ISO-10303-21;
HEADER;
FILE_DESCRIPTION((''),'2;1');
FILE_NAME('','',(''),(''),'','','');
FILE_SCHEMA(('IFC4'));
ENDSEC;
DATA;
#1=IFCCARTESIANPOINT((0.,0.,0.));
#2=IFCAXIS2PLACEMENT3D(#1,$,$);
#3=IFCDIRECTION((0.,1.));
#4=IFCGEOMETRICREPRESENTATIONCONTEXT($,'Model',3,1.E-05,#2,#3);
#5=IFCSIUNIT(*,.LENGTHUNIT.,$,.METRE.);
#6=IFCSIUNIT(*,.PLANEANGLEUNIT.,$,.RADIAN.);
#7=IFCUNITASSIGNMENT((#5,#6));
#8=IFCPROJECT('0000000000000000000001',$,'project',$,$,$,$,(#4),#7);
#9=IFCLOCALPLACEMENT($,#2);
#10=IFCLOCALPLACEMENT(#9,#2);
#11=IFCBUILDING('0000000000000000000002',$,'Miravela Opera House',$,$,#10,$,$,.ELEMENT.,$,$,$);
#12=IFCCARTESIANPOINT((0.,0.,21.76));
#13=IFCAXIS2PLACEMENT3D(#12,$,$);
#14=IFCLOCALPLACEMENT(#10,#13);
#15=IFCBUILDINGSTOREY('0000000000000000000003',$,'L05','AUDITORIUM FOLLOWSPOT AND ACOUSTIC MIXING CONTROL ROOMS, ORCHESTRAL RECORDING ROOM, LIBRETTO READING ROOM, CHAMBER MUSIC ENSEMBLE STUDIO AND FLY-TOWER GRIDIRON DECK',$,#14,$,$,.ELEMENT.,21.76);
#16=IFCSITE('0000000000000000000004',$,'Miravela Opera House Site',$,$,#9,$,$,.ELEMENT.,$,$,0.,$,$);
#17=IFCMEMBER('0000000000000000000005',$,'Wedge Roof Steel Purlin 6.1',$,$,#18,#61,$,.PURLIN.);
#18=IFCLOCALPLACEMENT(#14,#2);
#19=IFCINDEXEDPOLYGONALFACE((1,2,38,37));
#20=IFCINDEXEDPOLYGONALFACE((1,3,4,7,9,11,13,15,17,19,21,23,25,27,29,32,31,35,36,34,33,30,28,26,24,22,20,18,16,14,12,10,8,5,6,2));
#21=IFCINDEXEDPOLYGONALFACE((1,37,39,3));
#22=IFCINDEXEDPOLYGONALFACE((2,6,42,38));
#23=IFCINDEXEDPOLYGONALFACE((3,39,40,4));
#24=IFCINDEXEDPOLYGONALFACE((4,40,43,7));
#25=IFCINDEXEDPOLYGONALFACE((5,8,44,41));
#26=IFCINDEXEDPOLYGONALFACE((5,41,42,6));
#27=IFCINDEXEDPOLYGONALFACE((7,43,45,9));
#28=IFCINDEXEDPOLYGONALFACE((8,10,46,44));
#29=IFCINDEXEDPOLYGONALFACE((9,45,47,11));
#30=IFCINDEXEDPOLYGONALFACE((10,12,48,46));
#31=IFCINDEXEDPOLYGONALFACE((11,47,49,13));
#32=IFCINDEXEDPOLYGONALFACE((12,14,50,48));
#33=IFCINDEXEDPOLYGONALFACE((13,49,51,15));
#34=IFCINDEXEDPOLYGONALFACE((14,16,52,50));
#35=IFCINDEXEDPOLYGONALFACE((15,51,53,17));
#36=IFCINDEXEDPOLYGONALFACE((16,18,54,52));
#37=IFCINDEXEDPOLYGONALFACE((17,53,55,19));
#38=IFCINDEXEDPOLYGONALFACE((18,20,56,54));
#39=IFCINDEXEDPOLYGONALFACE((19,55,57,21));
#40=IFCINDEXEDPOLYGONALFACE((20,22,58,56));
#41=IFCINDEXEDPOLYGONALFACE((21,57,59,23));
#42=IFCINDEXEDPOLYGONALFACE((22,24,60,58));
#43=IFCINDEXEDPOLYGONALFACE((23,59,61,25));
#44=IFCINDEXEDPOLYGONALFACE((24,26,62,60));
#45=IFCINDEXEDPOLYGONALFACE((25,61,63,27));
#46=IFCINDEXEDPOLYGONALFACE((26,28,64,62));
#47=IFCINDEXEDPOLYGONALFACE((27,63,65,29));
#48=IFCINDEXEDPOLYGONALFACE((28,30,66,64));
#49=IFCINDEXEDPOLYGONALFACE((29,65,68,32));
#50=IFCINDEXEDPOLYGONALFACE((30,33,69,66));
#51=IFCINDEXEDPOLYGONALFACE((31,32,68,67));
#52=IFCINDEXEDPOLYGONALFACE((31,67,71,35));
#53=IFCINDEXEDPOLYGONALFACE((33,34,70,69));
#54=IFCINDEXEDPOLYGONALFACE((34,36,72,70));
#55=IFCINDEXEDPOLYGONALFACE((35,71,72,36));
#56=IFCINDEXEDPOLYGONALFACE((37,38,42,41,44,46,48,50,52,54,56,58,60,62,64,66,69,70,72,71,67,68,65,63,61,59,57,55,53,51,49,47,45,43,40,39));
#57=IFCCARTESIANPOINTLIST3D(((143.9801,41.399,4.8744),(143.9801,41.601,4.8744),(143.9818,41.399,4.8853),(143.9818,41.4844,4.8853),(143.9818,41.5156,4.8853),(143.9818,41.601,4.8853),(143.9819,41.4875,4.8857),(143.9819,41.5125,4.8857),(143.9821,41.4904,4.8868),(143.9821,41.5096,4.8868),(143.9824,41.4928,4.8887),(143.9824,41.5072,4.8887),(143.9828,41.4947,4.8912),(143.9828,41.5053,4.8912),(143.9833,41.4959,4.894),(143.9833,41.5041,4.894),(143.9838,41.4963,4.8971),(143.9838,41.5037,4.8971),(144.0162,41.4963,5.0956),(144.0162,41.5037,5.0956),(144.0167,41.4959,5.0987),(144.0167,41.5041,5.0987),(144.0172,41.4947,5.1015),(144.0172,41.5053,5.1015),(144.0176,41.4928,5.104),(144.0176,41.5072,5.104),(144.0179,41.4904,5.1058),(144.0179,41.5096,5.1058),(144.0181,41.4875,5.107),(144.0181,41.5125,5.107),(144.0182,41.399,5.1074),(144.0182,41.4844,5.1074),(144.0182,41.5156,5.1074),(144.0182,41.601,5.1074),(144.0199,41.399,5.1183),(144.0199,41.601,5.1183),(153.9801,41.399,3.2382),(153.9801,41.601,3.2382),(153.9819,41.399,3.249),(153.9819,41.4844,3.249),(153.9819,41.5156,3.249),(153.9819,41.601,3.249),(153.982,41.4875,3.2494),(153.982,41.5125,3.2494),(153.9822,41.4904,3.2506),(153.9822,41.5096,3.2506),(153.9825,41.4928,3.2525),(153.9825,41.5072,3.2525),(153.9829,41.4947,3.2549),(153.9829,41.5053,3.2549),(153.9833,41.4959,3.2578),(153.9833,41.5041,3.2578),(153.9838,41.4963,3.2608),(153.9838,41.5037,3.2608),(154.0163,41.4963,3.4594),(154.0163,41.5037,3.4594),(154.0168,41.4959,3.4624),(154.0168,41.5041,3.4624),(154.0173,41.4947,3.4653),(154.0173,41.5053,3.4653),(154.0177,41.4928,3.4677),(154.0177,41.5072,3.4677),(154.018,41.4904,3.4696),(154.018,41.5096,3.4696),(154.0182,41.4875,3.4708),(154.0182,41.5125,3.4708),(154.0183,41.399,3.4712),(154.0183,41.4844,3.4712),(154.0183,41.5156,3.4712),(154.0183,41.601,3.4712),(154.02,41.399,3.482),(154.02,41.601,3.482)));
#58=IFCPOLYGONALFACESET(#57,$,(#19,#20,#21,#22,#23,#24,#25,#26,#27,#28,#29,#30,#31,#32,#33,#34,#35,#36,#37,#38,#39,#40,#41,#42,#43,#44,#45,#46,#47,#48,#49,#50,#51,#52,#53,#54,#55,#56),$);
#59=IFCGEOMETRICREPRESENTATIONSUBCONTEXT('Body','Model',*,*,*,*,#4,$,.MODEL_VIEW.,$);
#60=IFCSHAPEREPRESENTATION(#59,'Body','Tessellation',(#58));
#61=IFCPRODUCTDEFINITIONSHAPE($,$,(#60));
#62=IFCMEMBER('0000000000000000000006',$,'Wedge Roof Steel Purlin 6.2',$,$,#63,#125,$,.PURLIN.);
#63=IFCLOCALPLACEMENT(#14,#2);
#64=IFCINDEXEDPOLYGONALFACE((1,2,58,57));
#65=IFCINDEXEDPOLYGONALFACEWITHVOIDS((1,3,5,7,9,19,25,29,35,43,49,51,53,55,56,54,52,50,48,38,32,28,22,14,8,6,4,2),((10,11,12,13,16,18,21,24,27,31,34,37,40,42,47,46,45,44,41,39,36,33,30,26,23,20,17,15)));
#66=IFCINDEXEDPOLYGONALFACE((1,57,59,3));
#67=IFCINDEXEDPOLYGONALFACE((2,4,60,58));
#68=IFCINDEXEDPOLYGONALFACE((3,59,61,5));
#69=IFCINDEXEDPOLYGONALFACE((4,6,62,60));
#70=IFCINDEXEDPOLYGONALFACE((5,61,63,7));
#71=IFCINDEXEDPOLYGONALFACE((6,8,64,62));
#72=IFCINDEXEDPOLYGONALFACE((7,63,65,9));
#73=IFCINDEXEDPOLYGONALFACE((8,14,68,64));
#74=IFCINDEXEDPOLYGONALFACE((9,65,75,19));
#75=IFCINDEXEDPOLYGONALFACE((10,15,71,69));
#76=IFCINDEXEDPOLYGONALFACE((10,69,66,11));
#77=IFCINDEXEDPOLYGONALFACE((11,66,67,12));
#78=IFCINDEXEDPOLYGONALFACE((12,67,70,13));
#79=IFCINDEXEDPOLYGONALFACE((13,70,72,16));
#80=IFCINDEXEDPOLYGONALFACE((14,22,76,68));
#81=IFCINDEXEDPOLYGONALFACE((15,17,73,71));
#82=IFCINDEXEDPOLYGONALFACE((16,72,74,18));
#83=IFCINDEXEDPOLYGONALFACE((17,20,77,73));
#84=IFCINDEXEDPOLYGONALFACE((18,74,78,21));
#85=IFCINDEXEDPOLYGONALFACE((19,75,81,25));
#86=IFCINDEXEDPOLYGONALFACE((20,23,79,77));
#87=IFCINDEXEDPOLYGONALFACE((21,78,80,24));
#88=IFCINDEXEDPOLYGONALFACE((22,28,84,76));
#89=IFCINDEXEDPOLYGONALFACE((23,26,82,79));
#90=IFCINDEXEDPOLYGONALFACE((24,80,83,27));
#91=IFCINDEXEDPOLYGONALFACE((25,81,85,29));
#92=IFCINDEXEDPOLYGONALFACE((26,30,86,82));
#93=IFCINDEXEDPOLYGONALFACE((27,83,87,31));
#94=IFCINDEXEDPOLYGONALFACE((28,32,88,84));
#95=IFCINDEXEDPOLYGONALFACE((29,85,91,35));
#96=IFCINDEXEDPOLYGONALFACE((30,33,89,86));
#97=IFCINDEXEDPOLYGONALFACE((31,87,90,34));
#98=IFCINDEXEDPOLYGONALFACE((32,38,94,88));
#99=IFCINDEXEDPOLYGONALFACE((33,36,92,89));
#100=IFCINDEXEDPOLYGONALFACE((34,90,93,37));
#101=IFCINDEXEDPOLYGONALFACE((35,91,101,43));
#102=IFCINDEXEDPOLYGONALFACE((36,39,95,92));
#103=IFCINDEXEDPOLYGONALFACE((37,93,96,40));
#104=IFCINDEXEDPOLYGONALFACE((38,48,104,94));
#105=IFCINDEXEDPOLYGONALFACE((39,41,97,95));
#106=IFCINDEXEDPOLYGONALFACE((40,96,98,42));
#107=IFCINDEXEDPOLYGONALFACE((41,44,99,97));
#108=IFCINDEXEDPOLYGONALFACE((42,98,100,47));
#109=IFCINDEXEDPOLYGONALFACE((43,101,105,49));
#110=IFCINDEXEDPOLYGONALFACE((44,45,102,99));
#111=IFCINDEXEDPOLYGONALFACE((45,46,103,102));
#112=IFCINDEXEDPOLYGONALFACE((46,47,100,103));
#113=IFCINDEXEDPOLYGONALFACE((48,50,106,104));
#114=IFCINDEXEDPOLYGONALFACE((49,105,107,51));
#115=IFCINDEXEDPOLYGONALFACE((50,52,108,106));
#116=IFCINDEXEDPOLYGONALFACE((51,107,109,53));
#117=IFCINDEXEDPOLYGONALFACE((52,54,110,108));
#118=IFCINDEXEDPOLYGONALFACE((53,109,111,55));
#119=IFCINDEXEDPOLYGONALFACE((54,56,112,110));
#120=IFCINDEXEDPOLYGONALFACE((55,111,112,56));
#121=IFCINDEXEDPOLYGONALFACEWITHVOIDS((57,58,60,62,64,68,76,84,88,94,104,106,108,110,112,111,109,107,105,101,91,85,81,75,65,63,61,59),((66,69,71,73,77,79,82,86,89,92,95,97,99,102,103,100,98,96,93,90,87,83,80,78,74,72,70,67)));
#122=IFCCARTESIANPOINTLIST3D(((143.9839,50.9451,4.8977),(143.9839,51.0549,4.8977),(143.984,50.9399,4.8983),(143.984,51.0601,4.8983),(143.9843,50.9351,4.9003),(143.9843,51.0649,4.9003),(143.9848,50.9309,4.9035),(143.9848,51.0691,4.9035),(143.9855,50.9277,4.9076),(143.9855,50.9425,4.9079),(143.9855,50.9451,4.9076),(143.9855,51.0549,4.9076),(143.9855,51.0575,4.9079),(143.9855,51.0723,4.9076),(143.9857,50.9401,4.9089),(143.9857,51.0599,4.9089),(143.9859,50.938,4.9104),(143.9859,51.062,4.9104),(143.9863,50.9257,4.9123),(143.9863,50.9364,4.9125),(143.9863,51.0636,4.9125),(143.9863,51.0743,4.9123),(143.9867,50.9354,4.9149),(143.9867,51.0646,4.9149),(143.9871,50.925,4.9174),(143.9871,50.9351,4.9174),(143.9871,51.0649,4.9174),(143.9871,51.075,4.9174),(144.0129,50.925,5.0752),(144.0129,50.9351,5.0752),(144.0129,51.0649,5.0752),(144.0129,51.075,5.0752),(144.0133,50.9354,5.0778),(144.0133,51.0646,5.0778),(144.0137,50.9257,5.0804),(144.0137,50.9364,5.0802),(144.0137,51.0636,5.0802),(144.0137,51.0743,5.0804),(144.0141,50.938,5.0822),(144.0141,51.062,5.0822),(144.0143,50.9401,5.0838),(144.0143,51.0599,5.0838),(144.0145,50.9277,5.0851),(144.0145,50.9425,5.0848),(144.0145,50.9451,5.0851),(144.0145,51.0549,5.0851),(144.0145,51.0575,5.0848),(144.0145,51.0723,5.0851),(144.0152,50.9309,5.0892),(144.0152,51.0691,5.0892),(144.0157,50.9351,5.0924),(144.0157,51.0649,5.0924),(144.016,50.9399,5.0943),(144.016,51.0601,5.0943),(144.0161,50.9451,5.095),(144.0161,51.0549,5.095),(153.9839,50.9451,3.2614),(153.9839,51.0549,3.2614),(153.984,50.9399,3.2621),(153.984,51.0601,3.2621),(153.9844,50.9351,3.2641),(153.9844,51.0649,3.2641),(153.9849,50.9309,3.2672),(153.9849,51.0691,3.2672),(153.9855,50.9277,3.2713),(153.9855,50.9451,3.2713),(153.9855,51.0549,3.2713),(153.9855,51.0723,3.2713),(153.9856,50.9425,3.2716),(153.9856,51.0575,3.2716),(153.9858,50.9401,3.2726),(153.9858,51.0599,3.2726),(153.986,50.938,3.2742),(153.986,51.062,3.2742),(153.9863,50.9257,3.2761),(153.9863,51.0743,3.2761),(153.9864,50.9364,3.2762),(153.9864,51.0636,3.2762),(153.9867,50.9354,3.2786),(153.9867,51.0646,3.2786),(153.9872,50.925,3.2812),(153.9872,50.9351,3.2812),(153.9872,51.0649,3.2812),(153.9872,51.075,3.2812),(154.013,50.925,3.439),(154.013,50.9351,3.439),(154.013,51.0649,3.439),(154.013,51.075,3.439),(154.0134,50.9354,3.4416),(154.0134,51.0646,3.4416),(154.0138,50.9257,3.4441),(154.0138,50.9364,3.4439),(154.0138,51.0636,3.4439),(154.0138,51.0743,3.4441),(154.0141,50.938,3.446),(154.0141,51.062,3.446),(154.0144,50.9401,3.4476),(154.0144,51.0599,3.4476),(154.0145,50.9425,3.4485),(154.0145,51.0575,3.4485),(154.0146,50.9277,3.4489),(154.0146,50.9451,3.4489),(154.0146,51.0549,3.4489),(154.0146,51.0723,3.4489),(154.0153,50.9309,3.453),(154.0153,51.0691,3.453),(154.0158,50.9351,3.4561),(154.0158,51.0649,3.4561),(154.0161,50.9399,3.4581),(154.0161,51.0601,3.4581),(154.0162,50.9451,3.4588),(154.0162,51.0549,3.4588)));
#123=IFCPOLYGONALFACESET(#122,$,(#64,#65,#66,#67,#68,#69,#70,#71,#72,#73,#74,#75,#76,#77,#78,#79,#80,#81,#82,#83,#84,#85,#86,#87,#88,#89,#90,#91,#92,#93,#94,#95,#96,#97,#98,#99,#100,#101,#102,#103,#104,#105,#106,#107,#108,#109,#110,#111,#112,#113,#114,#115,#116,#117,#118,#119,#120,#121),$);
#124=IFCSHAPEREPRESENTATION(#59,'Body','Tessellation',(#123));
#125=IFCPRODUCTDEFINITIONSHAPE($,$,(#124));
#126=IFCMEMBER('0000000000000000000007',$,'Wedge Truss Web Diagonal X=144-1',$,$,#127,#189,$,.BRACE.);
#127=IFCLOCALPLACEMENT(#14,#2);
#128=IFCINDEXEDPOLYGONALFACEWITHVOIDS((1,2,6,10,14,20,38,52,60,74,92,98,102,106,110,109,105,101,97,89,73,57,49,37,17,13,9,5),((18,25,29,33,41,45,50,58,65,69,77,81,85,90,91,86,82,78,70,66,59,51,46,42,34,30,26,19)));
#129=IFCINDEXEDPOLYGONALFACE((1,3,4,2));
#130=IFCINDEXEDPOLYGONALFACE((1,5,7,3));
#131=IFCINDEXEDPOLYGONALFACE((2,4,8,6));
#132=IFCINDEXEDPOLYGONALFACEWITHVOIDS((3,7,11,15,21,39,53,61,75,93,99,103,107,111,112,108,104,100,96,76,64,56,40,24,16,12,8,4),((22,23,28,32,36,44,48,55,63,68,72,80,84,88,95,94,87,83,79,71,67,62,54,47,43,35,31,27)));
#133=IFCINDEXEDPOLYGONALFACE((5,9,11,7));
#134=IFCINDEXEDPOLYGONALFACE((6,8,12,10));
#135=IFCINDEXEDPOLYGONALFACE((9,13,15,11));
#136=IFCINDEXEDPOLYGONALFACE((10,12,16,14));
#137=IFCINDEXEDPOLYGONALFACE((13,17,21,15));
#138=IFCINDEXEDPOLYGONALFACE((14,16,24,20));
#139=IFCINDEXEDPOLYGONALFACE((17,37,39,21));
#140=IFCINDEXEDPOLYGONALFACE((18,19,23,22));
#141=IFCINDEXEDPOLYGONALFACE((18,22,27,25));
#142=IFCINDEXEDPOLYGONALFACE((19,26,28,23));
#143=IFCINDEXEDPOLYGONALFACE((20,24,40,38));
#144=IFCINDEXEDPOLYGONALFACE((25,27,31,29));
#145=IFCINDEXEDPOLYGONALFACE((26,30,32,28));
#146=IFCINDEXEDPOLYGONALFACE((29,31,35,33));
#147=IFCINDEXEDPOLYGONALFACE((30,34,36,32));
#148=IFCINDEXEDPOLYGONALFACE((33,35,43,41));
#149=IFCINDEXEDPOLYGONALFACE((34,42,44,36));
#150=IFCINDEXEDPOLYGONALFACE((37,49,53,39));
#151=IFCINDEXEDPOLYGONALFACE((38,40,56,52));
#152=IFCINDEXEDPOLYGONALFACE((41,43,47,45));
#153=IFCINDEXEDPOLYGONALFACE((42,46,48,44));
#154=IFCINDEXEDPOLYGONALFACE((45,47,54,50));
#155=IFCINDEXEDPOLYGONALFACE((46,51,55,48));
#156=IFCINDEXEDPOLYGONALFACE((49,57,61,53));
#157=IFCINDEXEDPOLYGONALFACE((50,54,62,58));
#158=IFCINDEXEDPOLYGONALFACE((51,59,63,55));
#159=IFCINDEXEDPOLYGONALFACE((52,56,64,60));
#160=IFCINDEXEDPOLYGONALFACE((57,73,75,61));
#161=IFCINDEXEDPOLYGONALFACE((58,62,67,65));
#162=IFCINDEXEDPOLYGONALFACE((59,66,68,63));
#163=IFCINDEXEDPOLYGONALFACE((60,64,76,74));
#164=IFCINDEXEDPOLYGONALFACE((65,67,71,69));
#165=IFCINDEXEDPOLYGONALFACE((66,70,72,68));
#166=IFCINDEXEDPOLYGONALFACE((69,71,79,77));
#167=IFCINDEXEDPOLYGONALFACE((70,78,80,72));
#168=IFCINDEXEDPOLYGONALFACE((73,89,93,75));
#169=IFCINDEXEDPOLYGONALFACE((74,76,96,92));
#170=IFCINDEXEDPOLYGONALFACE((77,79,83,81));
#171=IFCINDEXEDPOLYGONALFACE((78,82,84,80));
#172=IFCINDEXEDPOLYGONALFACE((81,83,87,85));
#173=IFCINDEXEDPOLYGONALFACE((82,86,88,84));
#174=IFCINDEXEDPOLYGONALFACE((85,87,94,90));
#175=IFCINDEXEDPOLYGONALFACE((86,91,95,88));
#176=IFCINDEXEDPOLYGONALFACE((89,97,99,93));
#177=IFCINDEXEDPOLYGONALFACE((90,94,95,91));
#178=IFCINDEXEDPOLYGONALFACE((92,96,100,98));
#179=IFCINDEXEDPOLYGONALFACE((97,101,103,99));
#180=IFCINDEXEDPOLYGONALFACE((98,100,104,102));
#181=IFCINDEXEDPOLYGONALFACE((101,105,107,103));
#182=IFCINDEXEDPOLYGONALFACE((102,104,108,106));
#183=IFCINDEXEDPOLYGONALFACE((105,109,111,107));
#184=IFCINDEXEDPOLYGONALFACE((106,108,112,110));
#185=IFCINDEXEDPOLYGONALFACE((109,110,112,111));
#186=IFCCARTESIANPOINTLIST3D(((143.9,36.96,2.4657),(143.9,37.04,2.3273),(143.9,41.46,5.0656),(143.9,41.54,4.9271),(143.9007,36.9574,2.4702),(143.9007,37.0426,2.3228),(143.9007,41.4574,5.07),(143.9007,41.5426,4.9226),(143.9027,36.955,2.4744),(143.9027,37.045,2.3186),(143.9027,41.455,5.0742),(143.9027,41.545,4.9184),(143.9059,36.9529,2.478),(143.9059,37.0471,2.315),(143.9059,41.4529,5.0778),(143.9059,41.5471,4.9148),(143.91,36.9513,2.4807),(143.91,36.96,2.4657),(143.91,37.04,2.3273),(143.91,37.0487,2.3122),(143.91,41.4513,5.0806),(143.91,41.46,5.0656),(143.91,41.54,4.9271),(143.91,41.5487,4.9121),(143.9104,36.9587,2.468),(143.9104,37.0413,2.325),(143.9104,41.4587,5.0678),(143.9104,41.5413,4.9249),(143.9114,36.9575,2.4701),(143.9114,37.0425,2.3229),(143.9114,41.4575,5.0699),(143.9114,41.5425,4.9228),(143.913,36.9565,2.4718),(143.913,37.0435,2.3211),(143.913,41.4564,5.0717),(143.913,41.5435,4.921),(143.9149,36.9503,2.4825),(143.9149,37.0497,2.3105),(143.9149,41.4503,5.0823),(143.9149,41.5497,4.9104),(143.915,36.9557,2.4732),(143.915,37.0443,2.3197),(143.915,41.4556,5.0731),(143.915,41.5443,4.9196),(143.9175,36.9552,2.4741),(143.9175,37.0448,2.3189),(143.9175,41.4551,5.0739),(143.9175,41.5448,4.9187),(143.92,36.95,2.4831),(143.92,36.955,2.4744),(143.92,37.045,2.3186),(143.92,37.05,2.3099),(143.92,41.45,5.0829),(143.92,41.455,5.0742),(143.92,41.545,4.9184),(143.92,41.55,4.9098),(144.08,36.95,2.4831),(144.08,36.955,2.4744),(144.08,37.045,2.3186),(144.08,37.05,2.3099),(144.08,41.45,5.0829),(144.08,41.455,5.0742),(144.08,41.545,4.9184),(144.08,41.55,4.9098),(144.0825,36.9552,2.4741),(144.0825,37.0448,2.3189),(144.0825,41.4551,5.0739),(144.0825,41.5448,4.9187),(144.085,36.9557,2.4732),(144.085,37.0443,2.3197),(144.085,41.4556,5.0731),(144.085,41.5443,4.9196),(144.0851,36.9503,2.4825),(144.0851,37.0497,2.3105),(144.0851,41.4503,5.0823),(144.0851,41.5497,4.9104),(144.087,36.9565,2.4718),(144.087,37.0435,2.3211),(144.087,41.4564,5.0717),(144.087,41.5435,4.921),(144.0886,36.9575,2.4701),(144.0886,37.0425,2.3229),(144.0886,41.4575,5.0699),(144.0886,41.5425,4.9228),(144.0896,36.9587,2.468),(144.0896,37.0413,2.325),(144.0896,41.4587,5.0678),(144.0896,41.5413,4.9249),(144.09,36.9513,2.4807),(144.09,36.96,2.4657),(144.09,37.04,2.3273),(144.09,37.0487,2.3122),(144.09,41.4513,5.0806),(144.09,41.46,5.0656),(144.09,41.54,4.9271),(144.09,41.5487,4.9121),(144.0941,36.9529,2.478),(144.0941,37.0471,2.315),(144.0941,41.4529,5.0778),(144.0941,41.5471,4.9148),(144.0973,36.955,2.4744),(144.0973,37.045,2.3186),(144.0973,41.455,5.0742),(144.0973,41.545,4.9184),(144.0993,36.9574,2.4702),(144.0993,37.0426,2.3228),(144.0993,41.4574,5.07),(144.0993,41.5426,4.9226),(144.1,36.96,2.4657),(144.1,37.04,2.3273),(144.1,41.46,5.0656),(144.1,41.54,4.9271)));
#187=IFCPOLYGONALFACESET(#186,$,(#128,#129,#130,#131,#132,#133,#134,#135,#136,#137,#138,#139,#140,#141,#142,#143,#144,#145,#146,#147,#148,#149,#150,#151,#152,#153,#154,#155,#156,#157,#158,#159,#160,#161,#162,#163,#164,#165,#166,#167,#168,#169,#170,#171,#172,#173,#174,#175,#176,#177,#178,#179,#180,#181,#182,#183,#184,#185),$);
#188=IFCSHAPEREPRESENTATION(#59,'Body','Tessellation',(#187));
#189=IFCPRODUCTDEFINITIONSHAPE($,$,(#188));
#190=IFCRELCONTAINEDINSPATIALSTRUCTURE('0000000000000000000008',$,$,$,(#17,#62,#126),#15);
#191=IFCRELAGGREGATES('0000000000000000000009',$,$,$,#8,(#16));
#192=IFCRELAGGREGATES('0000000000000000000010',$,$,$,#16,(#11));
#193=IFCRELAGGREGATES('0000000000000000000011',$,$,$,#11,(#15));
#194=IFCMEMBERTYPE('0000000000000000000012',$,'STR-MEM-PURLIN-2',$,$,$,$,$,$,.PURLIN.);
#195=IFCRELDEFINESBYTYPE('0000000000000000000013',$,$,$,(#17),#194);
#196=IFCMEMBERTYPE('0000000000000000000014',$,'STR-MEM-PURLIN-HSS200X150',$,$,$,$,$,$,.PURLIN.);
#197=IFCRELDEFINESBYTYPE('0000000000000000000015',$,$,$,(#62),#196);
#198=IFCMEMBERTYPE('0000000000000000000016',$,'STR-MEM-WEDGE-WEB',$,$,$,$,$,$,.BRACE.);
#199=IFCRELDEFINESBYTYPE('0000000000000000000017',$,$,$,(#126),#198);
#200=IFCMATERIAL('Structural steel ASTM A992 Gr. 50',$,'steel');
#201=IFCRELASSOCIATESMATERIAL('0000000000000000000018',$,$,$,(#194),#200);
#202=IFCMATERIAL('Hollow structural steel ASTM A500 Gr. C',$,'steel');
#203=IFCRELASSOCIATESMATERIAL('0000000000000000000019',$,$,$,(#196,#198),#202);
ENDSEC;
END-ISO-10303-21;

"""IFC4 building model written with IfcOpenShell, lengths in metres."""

from ifc_helpers import new_model, si_unit, direction, frame, origin, origin_2d, place, context, subcontext, project, spatial, hollow_rectangle, i_section, extrude, material, material_profile, profile_set, type_object, element, save


model = new_model("IFC4")

# Units and contexts
model_context = context("Model", 3, precision=1e-05, world=origin(), true_north=direction((0.0, 1.0)))
body_context = subcontext(model_context, "Body", "Model", "MODEL_VIEW")
ifc_project = project(units=[si_unit("LENGTHUNIT", "METRE"), si_unit("PLANEANGLEUNIT", "RADIAN")], contexts=[model_context])

# Site, building, storey
site_placement = place(None, origin())
site = spatial("IfcSite", under=ifc_project, at=site_placement, Name="Miravela Opera House Site", CompositionType="ELEMENT", RefElevation=0.0)
building_placement = place(site_placement, origin())
building = spatial("IfcBuilding", under=site, at=building_placement, Name="Miravela Opera House", CompositionType="ELEMENT")
storey_placement = place(building_placement, frame((0.0, 0.0, 21.76)))
storey = spatial("IfcBuildingStorey", under=building, at=storey_placement, Name="L05", Description="AUDITORIUM FOLLOWSPOT AND ACOUSTIC MIXING CONTROL ROOMS, ORCHESTRAL RECORDING ROOM, LIBRETTO READING ROOM, CHAMBER MUSIC ENSEMBLE STUDIO AND FLY-TOWER GRIDIRON DECK", CompositionType="ELEMENT", Elevation=21.76)

# Shared definitions
ifc_material_1 = material(Name="Structural steel ASTM A992 Gr. 50", Category="steel")

# Members
ifc_material_profile_1 = material_profile(ifc_material_1, i_section(OverallWidth=0.2019, OverallDepth=0.2471, WebThickness=0.0073, FlangeThickness=0.011, FilletRadius=0.012, at=origin_2d()), Name="W250X49")
ifc_profile_set_1 = profile_set([ifc_material_profile_1])
member_type_1 = type_object("IfcMemberType", Name="STR-MEM-PURLIN-2", PredefinedType="PURLIN", material=ifc_profile_set_1)
member_1_placement = place(storey_placement, frame((144.0, 41.5, 4.9963), z_axis=(0.986877, 0.0, -0.161476), x_axis=(0.0, 1.0, 0.0)))
element("IfcMember", 1, at=member_1_placement, inside=storey, type_object=member_type_1, Name="Wedge Roof Steel Purlin 6.1", PredefinedType="PURLIN", context=body_context, shape_type="SweptSolid", body=[
    extrude(i_section(OverallWidth=0.2019, OverallDepth=0.2471, WebThickness=0.0073, FlangeThickness=0.011, FilletRadius=0.012, at=origin_2d()), origin(), (0.0, 0.0, 1.0), 10.1331),
])
ifc_material_2 = material(Name="Hollow structural steel ASTM A500 Gr. C", Category="steel")
ifc_material_profile_2 = material_profile(ifc_material_2, hollow_rectangle(XDim=0.1499, YDim=0.2, WallThickness=0.01, InnerFilletRadius=0.01, OuterFilletRadius=0.02, at=origin_2d()), Name="HSS200X150X10")
ifc_profile_set_2 = profile_set([ifc_material_profile_2])
member_type_2 = type_object("IfcMemberType", Name="STR-MEM-PURLIN-HSS200X150", PredefinedType="PURLIN", material=ifc_profile_set_2)
member_2_placement = place(storey_placement, frame((144.0, 51.0, 4.9963), z_axis=(0.986877, 0.0, -0.161476), x_axis=(0.0, 1.0, 0.0)))
element("IfcMember", 2, at=member_2_placement, inside=storey, type_object=member_type_2, Name="Wedge Roof Steel Purlin 6.2", PredefinedType="PURLIN", context=body_context, shape_type="SweptSolid", body=[
    extrude(hollow_rectangle(XDim=0.1499, YDim=0.2, WallThickness=0.01, InnerFilletRadius=0.01, OuterFilletRadius=0.02, at=origin_2d()), origin(), (0.0, 0.0, 1.0), 10.1331),
])
ifc_material_profile_3 = material_profile(ifc_material_2, hollow_rectangle(XDim=0.2, YDim=0.2, WallThickness=0.01, InnerFilletRadius=0.01, OuterFilletRadius=0.02, at=origin_2d()), Name="HSS200X200X10")
ifc_profile_set_3 = profile_set([ifc_material_profile_3])
member_type_3 = type_object("IfcMemberType", Name="STR-MEM-WEDGE-WEB", PredefinedType="BRACE", material=ifc_profile_set_3)
for number, where, z_axis, x_axis, name in (
    (3, (144.0, 37.0, 2.3965), (0.0, 0.865877, 0.500256), (-1.0, 0.0, 0.0), "Wedge Truss Web Diagonal X=144-1"),
):
    element("IfcMember", number, at=place(storey_placement, frame(where, z_axis=z_axis, x_axis=x_axis)), inside=storey, type_object=member_type_3, Name=name, PredefinedType="BRACE", context=body_context, shape_type="SweptSolid", body=[
        extrude(hollow_rectangle(XDim=0.2, YDim=0.2, WallThickness=0.01, InnerFilletRadius=0.01, OuterFilletRadius=0.02, at=origin_2d()), origin(), (0.0, 0.0, 1.0), 5.197),
    ])

save(model, "model.ifc")
